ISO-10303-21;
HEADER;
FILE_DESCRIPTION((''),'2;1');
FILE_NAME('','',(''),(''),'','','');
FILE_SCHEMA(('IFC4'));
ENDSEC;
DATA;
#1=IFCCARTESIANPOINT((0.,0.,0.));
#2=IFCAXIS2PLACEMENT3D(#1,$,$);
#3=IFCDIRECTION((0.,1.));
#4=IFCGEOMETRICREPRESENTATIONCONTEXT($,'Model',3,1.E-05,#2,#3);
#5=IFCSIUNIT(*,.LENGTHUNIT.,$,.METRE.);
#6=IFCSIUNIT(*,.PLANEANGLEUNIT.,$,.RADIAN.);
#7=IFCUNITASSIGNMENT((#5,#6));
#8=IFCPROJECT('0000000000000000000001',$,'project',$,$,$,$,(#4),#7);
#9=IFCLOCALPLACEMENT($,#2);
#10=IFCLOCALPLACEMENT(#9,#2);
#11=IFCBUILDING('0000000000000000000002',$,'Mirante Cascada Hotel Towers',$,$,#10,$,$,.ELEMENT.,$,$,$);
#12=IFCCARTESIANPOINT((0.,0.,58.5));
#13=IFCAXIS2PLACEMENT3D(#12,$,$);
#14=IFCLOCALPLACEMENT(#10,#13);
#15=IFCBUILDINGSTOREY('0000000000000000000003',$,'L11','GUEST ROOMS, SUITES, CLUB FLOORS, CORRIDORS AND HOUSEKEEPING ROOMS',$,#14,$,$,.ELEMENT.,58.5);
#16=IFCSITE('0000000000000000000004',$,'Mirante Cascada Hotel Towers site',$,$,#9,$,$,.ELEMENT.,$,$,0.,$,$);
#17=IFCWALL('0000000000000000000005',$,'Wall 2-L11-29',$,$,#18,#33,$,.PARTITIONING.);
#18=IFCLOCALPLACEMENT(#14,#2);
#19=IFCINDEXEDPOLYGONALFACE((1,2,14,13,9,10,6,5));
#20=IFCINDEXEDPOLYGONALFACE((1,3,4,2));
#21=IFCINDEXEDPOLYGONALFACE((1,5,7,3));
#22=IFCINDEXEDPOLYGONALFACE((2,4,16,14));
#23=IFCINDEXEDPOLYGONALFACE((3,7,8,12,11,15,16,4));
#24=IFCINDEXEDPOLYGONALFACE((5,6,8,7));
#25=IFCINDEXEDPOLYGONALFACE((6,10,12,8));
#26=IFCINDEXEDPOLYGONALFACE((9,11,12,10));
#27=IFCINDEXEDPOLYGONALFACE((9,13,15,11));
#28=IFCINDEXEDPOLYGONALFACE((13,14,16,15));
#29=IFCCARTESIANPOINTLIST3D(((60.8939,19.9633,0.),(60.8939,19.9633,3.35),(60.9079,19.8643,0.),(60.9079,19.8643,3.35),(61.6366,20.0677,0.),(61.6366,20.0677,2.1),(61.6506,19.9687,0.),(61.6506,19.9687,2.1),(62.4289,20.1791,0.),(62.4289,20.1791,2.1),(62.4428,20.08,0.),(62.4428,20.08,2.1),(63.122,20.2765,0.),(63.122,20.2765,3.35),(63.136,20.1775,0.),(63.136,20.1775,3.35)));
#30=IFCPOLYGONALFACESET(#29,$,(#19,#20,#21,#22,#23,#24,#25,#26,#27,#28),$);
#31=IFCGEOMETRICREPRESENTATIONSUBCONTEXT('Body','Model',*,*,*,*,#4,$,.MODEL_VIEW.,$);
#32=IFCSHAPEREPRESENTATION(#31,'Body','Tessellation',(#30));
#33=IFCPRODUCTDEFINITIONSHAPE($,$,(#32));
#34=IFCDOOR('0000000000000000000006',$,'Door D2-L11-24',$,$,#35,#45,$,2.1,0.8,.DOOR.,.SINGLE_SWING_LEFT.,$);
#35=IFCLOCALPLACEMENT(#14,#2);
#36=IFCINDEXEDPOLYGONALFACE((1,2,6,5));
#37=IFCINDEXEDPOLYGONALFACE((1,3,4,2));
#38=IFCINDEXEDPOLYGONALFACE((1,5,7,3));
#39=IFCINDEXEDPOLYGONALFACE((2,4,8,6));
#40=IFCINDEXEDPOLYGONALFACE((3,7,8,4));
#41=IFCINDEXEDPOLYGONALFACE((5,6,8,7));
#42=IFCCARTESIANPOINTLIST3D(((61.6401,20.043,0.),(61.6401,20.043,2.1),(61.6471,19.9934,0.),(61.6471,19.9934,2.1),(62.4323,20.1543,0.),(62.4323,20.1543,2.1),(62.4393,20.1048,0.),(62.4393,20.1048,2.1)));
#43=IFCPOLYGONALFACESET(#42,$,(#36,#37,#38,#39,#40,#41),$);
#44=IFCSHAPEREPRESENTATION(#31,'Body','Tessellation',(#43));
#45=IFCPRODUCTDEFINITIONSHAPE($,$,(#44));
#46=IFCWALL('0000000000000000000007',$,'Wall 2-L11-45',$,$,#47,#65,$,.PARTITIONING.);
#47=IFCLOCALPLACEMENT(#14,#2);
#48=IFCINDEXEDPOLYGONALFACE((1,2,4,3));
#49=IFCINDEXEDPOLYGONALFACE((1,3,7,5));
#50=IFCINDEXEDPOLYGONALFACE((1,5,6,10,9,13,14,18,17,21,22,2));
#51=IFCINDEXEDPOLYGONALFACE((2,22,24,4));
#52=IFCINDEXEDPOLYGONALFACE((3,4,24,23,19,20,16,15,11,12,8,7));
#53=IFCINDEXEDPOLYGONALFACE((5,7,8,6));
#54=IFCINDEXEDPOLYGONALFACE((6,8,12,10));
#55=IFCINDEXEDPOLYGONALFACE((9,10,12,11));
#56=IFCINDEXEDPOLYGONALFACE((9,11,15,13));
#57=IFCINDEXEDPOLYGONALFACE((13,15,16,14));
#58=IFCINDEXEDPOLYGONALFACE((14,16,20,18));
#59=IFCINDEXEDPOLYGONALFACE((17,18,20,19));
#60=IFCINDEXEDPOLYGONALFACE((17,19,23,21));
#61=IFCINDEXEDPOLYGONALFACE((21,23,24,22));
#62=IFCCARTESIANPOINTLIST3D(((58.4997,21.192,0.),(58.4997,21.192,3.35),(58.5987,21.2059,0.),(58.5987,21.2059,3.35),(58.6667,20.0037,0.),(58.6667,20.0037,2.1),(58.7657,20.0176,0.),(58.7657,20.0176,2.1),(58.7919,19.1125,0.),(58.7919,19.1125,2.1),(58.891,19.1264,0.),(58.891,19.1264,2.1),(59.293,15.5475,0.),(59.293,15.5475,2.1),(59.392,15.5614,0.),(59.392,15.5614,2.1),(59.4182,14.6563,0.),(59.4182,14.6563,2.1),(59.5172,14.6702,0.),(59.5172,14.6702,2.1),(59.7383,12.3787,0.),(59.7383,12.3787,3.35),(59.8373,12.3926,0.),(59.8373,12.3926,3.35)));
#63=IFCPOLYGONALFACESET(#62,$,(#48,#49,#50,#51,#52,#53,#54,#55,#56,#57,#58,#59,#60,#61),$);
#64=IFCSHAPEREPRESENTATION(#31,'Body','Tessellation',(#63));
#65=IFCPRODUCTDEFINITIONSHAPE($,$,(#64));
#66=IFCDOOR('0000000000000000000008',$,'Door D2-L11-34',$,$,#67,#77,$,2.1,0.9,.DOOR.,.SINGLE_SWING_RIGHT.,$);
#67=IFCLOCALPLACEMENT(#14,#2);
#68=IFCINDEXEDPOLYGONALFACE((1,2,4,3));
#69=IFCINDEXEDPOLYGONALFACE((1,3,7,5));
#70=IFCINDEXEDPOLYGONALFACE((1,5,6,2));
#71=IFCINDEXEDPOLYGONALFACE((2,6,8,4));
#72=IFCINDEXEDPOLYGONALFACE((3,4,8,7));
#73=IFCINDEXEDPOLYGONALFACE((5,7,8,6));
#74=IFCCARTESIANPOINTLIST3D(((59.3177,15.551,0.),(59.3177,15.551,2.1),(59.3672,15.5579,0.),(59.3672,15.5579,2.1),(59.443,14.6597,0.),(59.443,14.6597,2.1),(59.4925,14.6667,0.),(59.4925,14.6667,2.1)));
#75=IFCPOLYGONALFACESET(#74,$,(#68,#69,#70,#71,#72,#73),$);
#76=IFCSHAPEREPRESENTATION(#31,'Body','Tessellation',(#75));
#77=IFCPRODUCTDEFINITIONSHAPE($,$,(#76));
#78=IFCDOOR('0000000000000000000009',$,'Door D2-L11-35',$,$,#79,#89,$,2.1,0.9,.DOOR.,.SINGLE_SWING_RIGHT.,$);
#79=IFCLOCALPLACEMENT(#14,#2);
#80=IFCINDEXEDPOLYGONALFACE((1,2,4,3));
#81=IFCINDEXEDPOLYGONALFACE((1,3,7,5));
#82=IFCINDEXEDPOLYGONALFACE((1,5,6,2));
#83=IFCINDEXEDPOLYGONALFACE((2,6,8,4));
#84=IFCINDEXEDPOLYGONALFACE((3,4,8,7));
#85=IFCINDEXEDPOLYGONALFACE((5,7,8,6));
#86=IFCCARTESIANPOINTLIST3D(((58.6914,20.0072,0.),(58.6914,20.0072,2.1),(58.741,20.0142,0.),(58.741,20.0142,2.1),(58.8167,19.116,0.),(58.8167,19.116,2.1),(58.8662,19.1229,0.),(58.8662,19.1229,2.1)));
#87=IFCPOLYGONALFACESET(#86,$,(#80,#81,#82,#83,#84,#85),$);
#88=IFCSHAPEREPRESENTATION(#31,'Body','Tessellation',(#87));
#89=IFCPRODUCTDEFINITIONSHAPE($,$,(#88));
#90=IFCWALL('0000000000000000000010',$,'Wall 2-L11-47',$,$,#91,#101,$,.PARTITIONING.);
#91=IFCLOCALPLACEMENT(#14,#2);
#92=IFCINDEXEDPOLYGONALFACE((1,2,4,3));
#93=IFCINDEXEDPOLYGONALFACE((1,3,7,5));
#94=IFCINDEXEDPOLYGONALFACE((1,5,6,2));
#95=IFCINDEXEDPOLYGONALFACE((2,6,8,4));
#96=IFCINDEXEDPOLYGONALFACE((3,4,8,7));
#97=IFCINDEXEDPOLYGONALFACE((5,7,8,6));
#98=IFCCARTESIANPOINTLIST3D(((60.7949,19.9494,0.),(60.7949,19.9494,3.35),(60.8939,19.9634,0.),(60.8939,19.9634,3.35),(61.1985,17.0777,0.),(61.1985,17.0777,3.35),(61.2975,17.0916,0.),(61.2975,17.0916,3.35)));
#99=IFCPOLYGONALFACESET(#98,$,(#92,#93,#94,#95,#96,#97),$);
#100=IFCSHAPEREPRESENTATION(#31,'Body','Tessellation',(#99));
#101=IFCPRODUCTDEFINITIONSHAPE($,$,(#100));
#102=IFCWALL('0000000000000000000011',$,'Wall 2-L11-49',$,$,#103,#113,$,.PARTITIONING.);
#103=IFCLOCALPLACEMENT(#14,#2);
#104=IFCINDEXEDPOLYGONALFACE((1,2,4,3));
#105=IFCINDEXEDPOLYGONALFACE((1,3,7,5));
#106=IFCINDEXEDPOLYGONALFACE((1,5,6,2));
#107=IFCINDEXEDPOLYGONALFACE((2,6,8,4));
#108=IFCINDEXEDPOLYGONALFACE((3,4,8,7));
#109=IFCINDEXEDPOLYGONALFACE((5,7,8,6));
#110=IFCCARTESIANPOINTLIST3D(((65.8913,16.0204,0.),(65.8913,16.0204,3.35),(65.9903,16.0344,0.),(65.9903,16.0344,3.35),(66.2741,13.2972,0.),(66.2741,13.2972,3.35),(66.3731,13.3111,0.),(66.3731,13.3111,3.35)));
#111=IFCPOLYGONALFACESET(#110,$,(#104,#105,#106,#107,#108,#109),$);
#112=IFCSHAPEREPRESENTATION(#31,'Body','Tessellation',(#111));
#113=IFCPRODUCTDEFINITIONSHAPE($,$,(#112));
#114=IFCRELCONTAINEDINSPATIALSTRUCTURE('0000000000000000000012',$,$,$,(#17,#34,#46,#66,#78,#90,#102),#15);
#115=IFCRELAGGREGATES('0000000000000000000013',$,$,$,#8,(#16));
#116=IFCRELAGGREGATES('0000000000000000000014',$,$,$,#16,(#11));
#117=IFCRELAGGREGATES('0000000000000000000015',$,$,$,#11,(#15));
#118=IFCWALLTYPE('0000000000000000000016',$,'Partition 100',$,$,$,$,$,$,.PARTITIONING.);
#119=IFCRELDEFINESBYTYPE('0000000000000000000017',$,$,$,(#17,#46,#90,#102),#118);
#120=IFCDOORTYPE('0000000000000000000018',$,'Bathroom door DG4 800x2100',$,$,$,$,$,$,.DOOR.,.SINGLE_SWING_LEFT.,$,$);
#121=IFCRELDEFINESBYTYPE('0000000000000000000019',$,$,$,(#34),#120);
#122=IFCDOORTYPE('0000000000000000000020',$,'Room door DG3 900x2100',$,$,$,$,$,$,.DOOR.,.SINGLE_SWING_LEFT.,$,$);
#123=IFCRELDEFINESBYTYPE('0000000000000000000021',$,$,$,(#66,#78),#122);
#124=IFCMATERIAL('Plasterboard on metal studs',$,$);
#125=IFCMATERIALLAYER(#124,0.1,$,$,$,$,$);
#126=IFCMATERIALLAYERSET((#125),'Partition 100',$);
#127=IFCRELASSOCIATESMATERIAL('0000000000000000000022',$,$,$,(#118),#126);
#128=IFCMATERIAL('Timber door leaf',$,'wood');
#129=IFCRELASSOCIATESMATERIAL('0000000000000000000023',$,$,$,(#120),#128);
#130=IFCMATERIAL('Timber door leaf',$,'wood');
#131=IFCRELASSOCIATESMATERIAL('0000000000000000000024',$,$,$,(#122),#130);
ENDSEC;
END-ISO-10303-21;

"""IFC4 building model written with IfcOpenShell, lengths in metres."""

from ifc_helpers import new_model, si_unit, direction, frame, frame_2d, origin, place, context, subcontext, project, spatial, rectangle, extrude, material, layer, layer_set, type_object, element, fill, save


model = new_model("IFC4")

# Units and contexts
model_context = context("Model", 3, precision=1e-05, world=origin(), true_north=direction((0.0, 1.0)))
body_context = subcontext(model_context, "Body", "Model", "MODEL_VIEW")
ifc_project = project(units=[si_unit("LENGTHUNIT", "METRE"), si_unit("PLANEANGLEUNIT", "RADIAN")], contexts=[model_context])

# Site, building, storey
site_placement = place(None, origin())
site = spatial("IfcSite", under=ifc_project, at=site_placement, Name="Mirante Cascada Hotel Towers site", CompositionType="ELEMENT", RefElevation=0.0)
building_placement = place(site_placement, origin())
building = spatial("IfcBuilding", under=site, at=building_placement, Name="Mirante Cascada Hotel Towers", CompositionType="ELEMENT")
storey_placement = place(building_placement, frame((0.0, 0.0, 58.5)))
storey = spatial("IfcBuildingStorey", under=building, at=storey_placement, Name="L11", Description="GUEST ROOMS, SUITES, CLUB FLOORS, CORRIDORS AND HOUSEKEEPING ROOMS", CompositionType="ELEMENT", Elevation=58.5)

# Shared definitions
ifc_material_1 = material(Name="Plasterboard on metal studs")
ifc_layer_1 = layer(ifc_material_1, 0.1)
ifc_layer_set_1 = layer_set([ifc_layer_1], Name="Partition 100")
wall_type = type_object("IfcWallType", Name="Partition 100", PredefinedType="PARTITIONING", material=ifc_layer_set_1)
ifc_material_2 = material(Name="Timber door leaf", Category="wood")
door_type_1 = type_object("IfcDoorType", Name="Bathroom door DG4 800x2100", OperationType="SINGLE_SWING_LEFT", PredefinedType="DOOR", material=ifc_material_2)

# Wall, opening, door
wall_1_placement = place(storey_placement, frame((63.129, 20.227, 0.0), z_axis=(0.0, 0.0, 1.0), x_axis=(-0.990264, -0.1392, 0.0)))
wall_1 = element("IfcWall", 1, at=wall_1_placement, inside=storey, type_object=wall_type, Name="Wall 2-L11-29", PredefinedType="PARTITIONING", context=body_context, shape_type="SweptSolid", body=[
    extrude(rectangle(XDim=2.25, YDim=0.1, at=frame_2d((1.125, 0.0))), origin(), (0.0, 0.0, 1.0), 3.35),
])
opening_1_placement = place(wall_1_placement, frame((0.7, 0.0, 0.0)))
opening_1 = element("IfcOpeningElement", 2, at=opening_1_placement, cuts=wall_1, PredefinedType="OPENING", context=body_context, shape_type="SweptSolid", body=[
    extrude(rectangle(XDim=0.8, YDim=2.1, at=frame_2d((0.4, 1.05))), frame((0.0, 0.05, 0.0), z_axis=(0.0, -1.0, 0.0), x_axis=(1.0, 0.0, 0.0)), (0.0, 0.0, 1.0), 0.1),
])
door_1_placement = place(opening_1_placement, origin())
door_1 = element("IfcDoor", 3, at=door_1_placement, inside=storey, type_object=door_type_1, Name="Door D2-L11-24", OperationType="SINGLE_SWING_LEFT", OverallHeight=2.1, OverallWidth=0.8, PredefinedType="DOOR", context=body_context, shape_type="SweptSolid", body=[
    extrude(rectangle(XDim=0.8, YDim=2.1, at=frame_2d((0.4, 1.05))), frame((0.0, 0.025, 0.0), z_axis=(0.0, -1.0, 0.0), x_axis=(1.0, 0.0, 0.0)), (0.0, 0.0, 1.0), 0.05),
])
fill(opening_1, door_1)

# Wall, openings, doors
wall_2_placement = place(storey_placement, frame((58.5492, 21.199, 0.0), z_axis=(0.0, 0.0, 1.0), x_axis=(0.13917, -0.990268, 0.0)))
wall_2 = element("IfcWall", 4, at=wall_2_placement, inside=storey, type_object=wall_type, Name="Wall 2-L11-45", PredefinedType="PARTITIONING", context=body_context, shape_type="SweptSolid", body=[
    extrude(rectangle(XDim=8.8999, YDim=0.1, at=frame_2d((4.45, 0.0))), origin(), (0.0, 0.0, 1.0), 3.35),
])
opening_2_placement = place(wall_2_placement, frame((5.7, 0.0, 0.0)))
opening_2 = element("IfcOpeningElement", 5, at=opening_2_placement, cuts=wall_2, PredefinedType="OPENING", context=body_context, shape_type="SweptSolid", body=[
    extrude(rectangle(XDim=0.9, YDim=2.1, at=frame_2d((0.45, 1.05))), frame((0.0, 0.05, 0.0), z_axis=(0.0, -1.0, 0.0), x_axis=(1.0, 0.0, 0.0)), (0.0, 0.0, 1.0), 0.1),
])
opening_3_placement = place(wall_2_placement, frame((1.2, 0.0, 0.0)))
opening_3 = element("IfcOpeningElement", 6, at=opening_3_placement, cuts=wall_2, PredefinedType="OPENING", context=body_context, shape_type="SweptSolid", body=[
    extrude(rectangle(XDim=0.9, YDim=2.1, at=frame_2d((0.45, 1.05))), frame((0.0, 0.05, 0.0), z_axis=(0.0, -1.0, 0.0), x_axis=(1.0, 0.0, 0.0)), (0.0, 0.0, 1.0), 0.1),
])
ifc_material_3 = material(Name="Timber door leaf", Category="wood")
door_type_2 = type_object("IfcDoorType", Name="Room door DG3 900x2100", OperationType="SINGLE_SWING_LEFT", PredefinedType="DOOR", material=ifc_material_3)
door_2_placement = place(opening_2_placement, frame((0.9, 0.0, 0.0), z_axis=(0.0, 0.0, 1.0), x_axis=(-1.0, 0.0, 0.0)))
door_2 = element("IfcDoor", 7, at=door_2_placement, inside=storey, type_object=door_type_2, Name="Door D2-L11-34", OperationType="SINGLE_SWING_RIGHT", OverallHeight=2.1, OverallWidth=0.9, PredefinedType="DOOR", context=body_context, shape_type="SweptSolid", body=[
    extrude(rectangle(XDim=0.9, YDim=2.1, at=frame_2d((0.45, 1.05))), frame((0.0, 0.025, 0.0), z_axis=(0.0, -1.0, 0.0), x_axis=(1.0, 0.0, 0.0)), (0.0, 0.0, 1.0), 0.05),
])
fill(opening_2, door_2)
door_3_placement = place(opening_3_placement, frame((0.9, 0.0, 0.0), z_axis=(0.0, 0.0, 1.0), x_axis=(-1.0, 0.0, 0.0)))
door_3 = element("IfcDoor", 8, at=door_3_placement, inside=storey, type_object=door_type_2, Name="Door D2-L11-35", OperationType="SINGLE_SWING_RIGHT", OverallHeight=2.1, OverallWidth=0.9, PredefinedType="DOOR", context=body_context, shape_type="SweptSolid", body=[
    extrude(rectangle(XDim=0.9, YDim=2.1, at=frame_2d((0.45, 1.05))), frame((0.0, 0.025, 0.0), z_axis=(0.0, -1.0, 0.0), x_axis=(1.0, 0.0, 0.0)), (0.0, 0.0, 1.0), 0.05),
])
fill(opening_3, door_3)

# Walls
wall_3_placement = place(storey_placement, frame((60.8444, 19.9564, 0.0), z_axis=(0.0, 0.0, 1.0), x_axis=(0.139171, -0.990268, 0.0)))
element("IfcWall", 9, at=wall_3_placement, inside=storey, type_object=wall_type, Name="Wall 2-L11-47", PredefinedType="PARTITIONING", context=body_context, shape_type="SweptSolid", body=[
    extrude(rectangle(XDim=2.9, YDim=0.1, at=frame_2d((1.45, 0.0))), origin(), (0.0, 0.0, 1.0), 3.35),
])
wall_4_placement = place(storey_placement, frame((65.9408, 16.0274, 0.0), z_axis=(0.0, 0.0, 1.0), x_axis=(0.139201, -0.990264, 0.0)))
element("IfcWall", 10, at=wall_4_placement, inside=storey, type_object=wall_type, Name="Wall 2-L11-49", PredefinedType="PARTITIONING", context=body_context, shape_type="SweptSolid", body=[
    extrude(rectangle(XDim=2.75, YDim=0.1, at=frame_2d((1.375, 0.0))), origin(), (0.0, 0.0, 1.0), 3.35),
])

save(model, "model.ifc")
